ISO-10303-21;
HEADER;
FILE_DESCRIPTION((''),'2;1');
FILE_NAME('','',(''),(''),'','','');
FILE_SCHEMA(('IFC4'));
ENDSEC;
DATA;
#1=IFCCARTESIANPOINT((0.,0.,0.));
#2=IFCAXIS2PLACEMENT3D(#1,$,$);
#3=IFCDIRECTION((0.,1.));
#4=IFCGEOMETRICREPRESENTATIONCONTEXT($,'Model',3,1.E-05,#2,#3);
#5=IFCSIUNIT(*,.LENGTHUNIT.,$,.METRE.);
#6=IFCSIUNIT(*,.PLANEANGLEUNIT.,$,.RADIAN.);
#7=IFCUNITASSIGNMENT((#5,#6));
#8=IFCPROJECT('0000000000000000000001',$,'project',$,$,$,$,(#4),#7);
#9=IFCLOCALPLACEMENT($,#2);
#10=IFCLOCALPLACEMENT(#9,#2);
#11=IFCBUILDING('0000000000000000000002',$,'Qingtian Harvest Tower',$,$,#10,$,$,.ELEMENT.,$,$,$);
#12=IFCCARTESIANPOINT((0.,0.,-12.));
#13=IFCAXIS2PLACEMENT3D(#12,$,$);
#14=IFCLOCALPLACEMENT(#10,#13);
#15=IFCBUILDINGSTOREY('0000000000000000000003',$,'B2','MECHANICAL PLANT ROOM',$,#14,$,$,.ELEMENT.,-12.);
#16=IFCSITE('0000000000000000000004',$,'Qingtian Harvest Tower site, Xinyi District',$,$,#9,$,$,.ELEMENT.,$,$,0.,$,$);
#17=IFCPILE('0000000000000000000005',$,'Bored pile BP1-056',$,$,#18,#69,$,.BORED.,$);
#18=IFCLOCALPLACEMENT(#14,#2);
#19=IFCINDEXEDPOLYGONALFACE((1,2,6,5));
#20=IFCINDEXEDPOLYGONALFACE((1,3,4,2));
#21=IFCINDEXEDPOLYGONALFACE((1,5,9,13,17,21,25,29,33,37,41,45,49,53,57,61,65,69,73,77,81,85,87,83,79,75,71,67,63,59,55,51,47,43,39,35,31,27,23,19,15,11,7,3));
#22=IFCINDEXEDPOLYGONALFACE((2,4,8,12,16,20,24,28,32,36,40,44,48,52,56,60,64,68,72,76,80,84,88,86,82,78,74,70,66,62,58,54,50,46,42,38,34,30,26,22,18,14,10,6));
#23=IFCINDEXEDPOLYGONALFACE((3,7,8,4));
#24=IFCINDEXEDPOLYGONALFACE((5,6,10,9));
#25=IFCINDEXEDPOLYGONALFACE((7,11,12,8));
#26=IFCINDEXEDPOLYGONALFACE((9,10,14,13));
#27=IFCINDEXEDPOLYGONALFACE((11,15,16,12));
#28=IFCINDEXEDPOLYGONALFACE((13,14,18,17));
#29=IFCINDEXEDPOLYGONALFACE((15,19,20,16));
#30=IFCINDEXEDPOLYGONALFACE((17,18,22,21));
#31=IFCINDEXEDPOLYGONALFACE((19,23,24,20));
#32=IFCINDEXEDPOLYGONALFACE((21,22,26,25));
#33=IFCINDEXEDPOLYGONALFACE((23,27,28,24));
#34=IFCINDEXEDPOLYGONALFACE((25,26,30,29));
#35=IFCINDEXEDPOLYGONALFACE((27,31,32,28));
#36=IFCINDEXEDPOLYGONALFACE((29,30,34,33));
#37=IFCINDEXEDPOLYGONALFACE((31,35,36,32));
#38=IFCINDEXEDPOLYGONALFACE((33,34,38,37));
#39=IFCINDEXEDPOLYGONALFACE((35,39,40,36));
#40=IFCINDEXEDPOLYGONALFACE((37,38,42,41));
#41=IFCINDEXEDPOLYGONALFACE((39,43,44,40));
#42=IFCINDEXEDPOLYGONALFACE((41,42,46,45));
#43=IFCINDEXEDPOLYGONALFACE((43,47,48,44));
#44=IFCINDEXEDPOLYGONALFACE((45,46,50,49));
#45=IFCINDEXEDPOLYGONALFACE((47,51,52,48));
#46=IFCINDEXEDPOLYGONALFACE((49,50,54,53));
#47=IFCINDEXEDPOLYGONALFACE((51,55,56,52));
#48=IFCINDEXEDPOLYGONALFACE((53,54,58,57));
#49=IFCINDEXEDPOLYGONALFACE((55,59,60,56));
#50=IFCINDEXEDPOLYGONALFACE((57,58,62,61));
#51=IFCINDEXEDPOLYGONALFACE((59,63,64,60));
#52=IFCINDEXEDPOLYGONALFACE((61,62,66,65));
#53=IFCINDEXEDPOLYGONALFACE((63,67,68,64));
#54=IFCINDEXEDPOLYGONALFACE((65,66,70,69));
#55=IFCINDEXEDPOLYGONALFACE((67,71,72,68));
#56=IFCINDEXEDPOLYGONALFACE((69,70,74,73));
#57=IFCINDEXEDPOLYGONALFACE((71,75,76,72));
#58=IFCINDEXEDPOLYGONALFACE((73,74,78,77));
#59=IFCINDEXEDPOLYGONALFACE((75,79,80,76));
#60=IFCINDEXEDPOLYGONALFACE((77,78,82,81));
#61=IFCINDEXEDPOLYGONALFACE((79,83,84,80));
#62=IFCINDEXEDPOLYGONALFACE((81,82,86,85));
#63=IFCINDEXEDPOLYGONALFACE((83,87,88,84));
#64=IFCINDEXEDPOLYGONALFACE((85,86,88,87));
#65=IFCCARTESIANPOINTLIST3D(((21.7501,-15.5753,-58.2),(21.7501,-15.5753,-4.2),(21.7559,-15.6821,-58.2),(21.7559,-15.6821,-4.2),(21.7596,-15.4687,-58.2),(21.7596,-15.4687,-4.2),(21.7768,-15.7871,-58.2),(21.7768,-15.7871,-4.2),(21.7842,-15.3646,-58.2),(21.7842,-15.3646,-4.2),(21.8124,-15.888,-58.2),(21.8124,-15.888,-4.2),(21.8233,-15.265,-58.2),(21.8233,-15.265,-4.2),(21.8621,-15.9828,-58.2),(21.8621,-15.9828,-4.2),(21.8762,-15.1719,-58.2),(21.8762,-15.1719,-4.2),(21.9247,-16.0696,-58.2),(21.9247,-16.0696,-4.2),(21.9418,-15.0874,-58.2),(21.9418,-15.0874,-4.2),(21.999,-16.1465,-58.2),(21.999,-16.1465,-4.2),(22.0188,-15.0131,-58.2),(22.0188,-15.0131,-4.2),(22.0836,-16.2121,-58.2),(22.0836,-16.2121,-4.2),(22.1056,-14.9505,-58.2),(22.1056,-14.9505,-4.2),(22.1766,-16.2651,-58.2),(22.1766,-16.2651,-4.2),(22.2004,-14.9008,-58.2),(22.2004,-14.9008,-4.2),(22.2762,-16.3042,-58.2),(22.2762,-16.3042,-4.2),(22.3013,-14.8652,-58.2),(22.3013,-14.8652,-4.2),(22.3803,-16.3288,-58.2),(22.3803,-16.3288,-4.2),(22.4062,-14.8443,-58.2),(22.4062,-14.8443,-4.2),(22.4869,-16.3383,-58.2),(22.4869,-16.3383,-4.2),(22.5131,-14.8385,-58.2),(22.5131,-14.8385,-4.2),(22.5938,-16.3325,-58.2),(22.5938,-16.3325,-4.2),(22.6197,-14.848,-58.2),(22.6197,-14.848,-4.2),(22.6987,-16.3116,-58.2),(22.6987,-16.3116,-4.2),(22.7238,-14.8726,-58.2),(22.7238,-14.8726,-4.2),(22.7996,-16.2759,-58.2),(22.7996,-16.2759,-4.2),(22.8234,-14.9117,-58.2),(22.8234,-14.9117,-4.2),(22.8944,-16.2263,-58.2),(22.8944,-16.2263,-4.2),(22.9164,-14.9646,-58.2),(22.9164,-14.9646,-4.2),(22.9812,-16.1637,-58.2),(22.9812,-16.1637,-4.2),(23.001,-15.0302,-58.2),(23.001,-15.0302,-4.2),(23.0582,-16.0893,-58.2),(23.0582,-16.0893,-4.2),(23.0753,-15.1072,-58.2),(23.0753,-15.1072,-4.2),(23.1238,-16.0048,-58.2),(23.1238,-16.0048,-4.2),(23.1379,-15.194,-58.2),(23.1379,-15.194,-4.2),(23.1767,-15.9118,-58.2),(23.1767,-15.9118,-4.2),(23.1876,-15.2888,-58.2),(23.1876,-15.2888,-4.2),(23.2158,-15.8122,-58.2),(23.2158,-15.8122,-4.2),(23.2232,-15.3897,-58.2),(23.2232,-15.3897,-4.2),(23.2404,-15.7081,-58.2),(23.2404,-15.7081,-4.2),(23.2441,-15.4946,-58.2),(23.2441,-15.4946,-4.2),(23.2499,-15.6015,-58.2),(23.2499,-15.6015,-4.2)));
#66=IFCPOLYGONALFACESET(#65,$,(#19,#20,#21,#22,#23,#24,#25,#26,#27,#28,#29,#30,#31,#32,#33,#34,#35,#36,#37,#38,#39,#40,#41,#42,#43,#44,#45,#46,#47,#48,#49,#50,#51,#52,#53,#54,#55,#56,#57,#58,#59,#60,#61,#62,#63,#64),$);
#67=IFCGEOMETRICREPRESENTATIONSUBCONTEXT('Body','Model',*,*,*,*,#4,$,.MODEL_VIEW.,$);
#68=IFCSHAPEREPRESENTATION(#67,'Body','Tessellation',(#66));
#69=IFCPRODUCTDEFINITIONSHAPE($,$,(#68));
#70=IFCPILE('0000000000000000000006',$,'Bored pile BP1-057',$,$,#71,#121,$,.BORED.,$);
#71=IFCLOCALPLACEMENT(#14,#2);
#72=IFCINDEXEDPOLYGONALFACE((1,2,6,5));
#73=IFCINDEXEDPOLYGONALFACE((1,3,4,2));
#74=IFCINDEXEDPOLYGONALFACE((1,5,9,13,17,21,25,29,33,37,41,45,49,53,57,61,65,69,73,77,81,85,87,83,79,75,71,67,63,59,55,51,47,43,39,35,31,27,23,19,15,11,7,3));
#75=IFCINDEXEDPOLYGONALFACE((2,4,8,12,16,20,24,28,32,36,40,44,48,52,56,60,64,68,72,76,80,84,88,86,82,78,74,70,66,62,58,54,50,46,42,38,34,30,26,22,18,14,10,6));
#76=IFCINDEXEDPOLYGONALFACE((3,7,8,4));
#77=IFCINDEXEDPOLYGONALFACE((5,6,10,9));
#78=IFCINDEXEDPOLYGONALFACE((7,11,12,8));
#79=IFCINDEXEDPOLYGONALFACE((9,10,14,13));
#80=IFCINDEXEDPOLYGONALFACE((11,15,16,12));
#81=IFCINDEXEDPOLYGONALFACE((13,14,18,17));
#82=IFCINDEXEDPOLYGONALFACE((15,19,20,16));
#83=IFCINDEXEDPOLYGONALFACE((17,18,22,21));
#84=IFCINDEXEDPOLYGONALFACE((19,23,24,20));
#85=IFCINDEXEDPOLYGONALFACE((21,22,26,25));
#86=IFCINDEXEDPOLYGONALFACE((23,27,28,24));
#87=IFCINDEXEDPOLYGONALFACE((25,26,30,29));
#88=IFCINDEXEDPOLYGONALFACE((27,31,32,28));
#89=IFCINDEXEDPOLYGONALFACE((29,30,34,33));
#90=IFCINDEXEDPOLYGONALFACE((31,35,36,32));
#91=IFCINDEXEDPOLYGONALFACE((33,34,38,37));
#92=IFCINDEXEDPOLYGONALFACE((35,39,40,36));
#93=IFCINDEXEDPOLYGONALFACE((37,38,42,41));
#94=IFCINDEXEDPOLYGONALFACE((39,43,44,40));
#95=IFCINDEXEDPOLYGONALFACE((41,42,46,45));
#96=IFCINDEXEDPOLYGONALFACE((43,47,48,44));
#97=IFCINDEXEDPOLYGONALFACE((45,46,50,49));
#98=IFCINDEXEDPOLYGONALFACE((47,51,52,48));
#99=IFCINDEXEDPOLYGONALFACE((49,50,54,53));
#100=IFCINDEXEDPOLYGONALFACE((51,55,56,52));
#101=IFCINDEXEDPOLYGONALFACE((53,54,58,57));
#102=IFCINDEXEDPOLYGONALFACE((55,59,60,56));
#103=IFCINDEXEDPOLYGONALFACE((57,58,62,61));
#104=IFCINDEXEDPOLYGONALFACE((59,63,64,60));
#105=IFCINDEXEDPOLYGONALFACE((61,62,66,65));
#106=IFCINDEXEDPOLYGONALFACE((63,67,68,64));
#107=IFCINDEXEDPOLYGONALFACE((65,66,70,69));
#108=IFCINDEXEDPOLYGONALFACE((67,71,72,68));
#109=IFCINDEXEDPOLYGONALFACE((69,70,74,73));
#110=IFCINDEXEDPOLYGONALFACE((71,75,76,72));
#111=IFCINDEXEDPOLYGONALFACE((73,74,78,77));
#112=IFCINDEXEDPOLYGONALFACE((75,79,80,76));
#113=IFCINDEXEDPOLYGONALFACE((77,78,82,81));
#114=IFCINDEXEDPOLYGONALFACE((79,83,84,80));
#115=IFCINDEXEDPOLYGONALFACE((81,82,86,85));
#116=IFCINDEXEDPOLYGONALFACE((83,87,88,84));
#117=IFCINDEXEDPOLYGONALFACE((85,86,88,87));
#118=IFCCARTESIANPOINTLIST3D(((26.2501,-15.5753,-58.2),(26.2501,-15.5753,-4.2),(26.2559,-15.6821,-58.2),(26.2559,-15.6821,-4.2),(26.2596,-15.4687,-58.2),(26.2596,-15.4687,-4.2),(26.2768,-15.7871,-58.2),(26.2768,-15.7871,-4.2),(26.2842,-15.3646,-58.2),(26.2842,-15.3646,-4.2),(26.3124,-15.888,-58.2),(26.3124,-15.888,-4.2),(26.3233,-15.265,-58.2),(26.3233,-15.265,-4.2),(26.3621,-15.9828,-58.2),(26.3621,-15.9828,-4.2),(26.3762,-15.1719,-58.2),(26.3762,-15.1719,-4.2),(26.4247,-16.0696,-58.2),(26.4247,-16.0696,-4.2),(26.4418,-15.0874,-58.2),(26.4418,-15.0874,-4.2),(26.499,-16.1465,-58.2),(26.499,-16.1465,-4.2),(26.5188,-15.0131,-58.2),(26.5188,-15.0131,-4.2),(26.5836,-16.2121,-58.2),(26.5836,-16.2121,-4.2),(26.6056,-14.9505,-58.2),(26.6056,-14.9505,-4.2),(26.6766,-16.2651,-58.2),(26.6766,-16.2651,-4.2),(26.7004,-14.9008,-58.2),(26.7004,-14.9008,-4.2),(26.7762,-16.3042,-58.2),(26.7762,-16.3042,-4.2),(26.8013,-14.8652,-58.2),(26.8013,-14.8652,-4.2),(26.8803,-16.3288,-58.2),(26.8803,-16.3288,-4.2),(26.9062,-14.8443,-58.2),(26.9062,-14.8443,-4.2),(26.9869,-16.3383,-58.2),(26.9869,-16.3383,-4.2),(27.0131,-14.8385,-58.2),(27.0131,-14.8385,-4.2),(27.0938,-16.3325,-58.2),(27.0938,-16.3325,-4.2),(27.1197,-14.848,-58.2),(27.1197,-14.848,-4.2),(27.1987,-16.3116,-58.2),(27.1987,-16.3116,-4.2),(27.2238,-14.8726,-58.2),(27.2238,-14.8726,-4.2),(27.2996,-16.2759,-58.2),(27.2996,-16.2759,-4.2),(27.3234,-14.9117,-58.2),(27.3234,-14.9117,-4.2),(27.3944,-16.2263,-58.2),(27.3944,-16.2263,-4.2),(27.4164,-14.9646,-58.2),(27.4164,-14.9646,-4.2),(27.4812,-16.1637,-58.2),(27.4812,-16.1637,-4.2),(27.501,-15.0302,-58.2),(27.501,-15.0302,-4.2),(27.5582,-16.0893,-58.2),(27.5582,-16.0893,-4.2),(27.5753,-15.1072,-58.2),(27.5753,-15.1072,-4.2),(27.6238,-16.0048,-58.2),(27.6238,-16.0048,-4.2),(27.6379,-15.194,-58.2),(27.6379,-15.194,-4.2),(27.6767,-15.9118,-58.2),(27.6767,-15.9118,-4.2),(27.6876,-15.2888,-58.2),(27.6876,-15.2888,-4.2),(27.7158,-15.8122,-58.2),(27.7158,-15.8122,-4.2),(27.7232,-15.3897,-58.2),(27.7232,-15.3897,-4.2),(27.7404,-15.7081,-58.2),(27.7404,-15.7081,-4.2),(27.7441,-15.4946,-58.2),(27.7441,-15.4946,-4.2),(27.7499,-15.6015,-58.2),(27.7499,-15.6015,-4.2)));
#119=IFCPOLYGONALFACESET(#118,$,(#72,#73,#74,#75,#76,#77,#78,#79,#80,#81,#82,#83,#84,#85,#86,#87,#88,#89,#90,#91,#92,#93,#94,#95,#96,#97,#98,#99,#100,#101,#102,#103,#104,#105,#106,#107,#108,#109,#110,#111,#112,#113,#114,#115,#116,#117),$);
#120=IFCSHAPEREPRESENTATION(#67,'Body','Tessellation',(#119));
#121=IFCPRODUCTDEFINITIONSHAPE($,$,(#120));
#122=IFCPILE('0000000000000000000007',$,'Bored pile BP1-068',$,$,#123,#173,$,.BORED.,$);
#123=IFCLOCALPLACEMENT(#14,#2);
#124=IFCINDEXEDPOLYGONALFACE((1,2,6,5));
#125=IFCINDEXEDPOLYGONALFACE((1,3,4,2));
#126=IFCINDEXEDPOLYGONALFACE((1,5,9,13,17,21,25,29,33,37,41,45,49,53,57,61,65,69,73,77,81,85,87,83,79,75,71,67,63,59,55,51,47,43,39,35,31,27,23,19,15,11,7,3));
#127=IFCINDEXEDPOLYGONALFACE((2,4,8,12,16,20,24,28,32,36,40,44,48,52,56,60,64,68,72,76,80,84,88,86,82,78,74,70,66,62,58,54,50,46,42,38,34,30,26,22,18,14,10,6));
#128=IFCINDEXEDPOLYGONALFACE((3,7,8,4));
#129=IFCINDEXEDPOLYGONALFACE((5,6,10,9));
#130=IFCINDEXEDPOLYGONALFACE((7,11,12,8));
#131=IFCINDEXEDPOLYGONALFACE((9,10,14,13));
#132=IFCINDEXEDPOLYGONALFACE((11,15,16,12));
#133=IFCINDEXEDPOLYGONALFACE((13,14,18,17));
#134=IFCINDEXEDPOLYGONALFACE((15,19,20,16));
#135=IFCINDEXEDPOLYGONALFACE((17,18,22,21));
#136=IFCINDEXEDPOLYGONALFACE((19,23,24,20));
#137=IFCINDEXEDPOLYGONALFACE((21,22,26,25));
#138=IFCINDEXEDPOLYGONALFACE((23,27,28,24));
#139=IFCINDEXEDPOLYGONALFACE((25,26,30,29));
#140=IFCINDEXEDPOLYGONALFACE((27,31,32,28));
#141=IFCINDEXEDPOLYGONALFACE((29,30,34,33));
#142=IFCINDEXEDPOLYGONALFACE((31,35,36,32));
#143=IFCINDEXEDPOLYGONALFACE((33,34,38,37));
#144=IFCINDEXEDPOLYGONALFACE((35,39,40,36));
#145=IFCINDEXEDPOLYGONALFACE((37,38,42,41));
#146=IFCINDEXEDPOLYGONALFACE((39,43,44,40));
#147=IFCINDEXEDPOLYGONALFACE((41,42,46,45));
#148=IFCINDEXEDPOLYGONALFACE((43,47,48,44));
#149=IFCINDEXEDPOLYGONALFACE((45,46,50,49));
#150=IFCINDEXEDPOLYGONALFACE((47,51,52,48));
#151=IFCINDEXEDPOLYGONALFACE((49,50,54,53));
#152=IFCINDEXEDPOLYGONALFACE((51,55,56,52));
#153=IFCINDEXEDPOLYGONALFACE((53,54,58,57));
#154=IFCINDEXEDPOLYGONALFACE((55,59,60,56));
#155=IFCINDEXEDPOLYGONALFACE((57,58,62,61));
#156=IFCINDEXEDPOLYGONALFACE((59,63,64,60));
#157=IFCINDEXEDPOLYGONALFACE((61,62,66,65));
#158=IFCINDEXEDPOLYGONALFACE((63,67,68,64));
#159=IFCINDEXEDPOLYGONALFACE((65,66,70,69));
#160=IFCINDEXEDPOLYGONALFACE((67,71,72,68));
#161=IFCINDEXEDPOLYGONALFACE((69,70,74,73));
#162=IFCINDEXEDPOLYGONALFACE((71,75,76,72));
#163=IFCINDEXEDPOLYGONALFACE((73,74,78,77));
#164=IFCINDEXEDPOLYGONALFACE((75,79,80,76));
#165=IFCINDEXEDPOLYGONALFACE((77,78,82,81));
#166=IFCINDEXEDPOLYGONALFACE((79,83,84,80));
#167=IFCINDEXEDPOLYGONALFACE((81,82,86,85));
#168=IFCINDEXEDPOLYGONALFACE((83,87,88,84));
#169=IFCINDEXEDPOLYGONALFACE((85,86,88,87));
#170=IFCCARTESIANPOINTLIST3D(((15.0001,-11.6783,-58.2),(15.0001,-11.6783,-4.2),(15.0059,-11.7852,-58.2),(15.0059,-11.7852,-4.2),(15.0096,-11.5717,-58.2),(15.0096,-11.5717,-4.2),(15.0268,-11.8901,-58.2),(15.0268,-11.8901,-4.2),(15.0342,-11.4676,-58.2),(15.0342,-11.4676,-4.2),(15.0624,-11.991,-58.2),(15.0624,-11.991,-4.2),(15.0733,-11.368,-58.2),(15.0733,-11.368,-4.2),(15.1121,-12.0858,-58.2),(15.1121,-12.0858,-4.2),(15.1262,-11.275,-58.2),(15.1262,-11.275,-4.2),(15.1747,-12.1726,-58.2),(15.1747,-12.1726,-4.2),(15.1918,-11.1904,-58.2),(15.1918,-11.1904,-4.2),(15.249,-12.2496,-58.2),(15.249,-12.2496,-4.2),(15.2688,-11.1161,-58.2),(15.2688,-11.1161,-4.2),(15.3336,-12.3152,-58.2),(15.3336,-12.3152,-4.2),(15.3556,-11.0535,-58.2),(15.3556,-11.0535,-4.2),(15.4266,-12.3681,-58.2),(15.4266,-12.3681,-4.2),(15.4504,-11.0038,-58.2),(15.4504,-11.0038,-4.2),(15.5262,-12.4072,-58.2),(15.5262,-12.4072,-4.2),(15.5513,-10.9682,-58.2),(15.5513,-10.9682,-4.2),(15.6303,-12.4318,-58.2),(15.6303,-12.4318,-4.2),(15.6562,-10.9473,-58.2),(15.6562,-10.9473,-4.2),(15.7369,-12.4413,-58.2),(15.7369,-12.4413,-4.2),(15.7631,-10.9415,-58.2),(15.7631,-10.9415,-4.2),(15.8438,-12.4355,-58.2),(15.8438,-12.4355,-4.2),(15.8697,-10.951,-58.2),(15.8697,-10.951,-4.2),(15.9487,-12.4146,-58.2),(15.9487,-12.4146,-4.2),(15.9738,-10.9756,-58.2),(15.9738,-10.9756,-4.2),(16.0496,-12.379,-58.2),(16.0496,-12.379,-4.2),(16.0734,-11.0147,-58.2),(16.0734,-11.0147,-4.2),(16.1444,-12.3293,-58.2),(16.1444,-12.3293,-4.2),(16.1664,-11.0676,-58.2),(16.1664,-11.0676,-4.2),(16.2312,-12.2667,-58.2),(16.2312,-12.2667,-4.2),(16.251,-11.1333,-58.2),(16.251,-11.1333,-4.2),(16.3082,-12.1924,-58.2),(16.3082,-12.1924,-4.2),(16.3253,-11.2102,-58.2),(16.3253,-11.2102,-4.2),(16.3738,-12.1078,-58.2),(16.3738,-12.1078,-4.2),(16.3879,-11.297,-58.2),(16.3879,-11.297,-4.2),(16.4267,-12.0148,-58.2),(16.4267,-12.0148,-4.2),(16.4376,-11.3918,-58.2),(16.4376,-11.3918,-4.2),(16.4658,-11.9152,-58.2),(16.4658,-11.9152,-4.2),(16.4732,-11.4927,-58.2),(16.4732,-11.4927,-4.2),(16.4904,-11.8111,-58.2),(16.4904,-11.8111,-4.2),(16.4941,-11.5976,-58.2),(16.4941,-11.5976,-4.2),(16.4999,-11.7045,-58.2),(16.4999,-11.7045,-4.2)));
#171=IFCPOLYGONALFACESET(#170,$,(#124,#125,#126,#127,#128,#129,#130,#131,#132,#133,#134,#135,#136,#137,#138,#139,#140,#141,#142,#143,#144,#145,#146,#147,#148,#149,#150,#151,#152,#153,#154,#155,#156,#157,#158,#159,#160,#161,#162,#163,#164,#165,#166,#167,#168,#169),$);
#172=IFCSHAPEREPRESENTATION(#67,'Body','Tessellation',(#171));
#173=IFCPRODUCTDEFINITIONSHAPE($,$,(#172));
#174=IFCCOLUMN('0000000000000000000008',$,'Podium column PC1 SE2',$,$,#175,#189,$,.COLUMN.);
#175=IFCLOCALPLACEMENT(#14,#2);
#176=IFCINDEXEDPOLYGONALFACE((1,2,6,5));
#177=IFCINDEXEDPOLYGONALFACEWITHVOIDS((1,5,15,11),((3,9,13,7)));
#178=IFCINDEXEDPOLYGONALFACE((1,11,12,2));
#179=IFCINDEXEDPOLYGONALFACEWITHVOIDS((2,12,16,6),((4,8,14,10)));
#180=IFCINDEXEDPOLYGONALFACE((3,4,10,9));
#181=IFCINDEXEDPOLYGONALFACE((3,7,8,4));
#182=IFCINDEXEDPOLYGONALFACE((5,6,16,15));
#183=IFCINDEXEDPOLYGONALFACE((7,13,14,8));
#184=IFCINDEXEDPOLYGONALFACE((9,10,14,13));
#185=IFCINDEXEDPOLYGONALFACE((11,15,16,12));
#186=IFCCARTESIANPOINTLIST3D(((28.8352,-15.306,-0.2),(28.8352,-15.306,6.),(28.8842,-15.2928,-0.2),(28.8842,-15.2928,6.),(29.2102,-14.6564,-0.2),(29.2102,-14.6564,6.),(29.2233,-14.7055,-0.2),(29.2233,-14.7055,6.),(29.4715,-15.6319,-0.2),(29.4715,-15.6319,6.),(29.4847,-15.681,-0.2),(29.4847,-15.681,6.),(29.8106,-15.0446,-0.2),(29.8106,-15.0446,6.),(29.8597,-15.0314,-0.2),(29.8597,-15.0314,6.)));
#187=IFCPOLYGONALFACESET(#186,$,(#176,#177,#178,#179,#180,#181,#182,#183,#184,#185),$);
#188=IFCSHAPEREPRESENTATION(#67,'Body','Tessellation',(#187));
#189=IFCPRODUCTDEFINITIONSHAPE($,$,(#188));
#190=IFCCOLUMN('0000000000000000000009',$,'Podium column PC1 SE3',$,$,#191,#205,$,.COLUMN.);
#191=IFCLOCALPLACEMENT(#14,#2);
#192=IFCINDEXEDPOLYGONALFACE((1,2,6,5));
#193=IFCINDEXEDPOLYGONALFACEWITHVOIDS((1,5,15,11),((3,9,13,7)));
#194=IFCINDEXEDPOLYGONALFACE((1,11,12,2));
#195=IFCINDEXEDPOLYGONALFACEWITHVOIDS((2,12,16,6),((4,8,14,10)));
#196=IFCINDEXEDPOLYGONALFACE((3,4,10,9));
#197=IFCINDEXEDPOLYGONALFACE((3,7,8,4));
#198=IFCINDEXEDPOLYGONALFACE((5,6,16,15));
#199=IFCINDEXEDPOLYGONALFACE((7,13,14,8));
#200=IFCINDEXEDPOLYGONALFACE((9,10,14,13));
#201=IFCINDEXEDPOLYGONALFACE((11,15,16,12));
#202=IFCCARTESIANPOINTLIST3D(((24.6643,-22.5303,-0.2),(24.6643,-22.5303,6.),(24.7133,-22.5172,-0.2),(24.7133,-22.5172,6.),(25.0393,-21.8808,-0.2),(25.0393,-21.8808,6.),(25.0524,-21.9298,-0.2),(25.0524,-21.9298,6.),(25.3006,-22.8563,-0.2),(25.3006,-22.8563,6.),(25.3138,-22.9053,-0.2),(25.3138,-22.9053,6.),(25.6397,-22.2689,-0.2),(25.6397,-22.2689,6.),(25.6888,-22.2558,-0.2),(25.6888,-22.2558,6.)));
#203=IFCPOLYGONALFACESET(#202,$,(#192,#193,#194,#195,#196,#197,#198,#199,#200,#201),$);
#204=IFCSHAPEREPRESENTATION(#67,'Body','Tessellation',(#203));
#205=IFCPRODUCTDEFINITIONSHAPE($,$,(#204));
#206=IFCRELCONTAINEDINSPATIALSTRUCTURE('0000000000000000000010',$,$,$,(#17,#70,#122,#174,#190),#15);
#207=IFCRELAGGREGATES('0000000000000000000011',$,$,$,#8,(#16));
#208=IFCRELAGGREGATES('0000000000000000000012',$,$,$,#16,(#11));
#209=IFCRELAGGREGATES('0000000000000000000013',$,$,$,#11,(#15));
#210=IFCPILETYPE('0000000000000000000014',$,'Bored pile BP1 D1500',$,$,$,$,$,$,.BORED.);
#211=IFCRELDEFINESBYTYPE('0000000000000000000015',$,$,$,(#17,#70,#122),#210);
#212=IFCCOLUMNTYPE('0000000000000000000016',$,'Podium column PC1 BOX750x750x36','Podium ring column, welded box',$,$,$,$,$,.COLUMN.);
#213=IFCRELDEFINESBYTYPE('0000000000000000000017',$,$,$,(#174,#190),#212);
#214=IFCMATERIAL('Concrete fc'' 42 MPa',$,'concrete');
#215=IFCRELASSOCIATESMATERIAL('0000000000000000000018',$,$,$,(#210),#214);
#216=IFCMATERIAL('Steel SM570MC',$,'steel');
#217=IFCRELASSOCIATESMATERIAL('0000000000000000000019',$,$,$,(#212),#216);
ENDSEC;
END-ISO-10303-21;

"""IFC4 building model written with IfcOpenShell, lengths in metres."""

from ifc_helpers import new_model, si_unit, direction, frame, frame_2d, origin, origin_2d, place, context, subcontext, project, spatial, hollow_rectangle, circle, extrude, material, material_profile, profile_set, type_object, element, save


model = new_model("IFC4")

# Units and contexts
model_context = context("Model", 3, precision=1e-05, world=origin(), true_north=direction((0.0, 1.0)))
body_context = subcontext(model_context, "Body", "Model", "MODEL_VIEW")
ifc_project = project(units=[si_unit("LENGTHUNIT", "METRE"), si_unit("PLANEANGLEUNIT", "RADIAN")], contexts=[model_context])

# Site, building, storey
site_placement = place(None, origin())
site = spatial("IfcSite", under=ifc_project, at=site_placement, Name="Qingtian Harvest Tower site, Xinyi District", CompositionType="ELEMENT", RefElevation=0.0)
building_placement = place(site_placement, origin())
building = spatial("IfcBuilding", under=site, at=building_placement, Name="Qingtian Harvest Tower", CompositionType="ELEMENT")
storey_placement = place(building_placement, frame((0.0, 0.0, -12.0)))
storey = spatial("IfcBuildingStorey", under=building, at=storey_placement, Name="B2", Description="MECHANICAL PLANT ROOM", CompositionType="ELEMENT", Elevation=-12.0)

# Piles
ifc_material_1 = material(Name="Concrete fc' 42 MPa", Category="concrete")
ifc_material_profile_1 = material_profile(ifc_material_1, circle(Radius=0.75, at=frame_2d((0.0, 0.0), x_axis=(0.999848, 0.017452))), Name="Bored pile BP1 D1500")
ifc_profile_set_1 = profile_set([ifc_material_profile_1], Name="Concrete fc' 42 MPa")
pile_type = type_object("IfcPileType", Name="Bored pile BP1 D1500", PredefinedType="BORED", material=ifc_profile_set_1)
for number, where, z_axis, x_axis, name in (
    (1, (22.5, -15.5884, -4.2), (0.0, 0.0, -1.0), (1.0, 0.0, 0.0), "Bored pile BP1-056"),
    (2, (27.0, -15.5884, -4.2), (0.0, 0.0, -1.0), (1.0, 0.0, 0.0), "Bored pile BP1-057"),
    (3, (15.75, -11.6914, -4.2), (0.0, 0.0, -1.0), (1.0, 0.0, 0.0), "Bored pile BP1-068"),
):
    element("IfcPile", number, at=place(storey_placement, frame(where, z_axis=z_axis, x_axis=x_axis)), inside=storey, type_object=pile_type, Name=name, PredefinedType="BORED", context=body_context, shape_type="SweptSolid", body=[
        extrude(circle(Radius=0.75, at=frame_2d((0.0, 0.0), x_axis=(0.999848, 0.017452))), origin(), (0.0, 0.0, 1.0), 54.0),
    ])

# Columns
ifc_material_2 = material(Name="Steel SM570MC", Category="steel")
ifc_material_profile_2 = material_profile(ifc_material_2, hollow_rectangle(XDim=0.75, YDim=0.75, WallThickness=0.0359, at=origin_2d()), Name="BOX750x750x36")
ifc_profile_set_2 = profile_set([ifc_material_profile_2], Name="Steel SM570MC")
column_type_1 = type_object("IfcColumnType", Name="Podium column PC1 BOX750x750x36", Description="Podium ring column, welded box", PredefinedType="COLUMN", material=ifc_profile_set_2)
for number, where, z_axis, x_axis, name in (
    (4, (29.3474, -15.1687, -0.2), (0.0, 0.0, 1.0), (0.5, 0.866025, 0.0), "Podium column PC1 SE2"),
    (5, (25.1765, -22.3931, -0.2), (0.0, 0.0, 1.0), (0.5, 0.866025, 0.0), "Podium column PC1 SE3"),
):
    element("IfcColumn", number, at=place(storey_placement, frame(where, z_axis=z_axis, x_axis=x_axis)), inside=storey, type_object=column_type_1, Name=name, PredefinedType="COLUMN", context=body_context, shape_type="SweptSolid", body=[
        extrude(hollow_rectangle(XDim=0.75, YDim=0.75, WallThickness=0.0359, at=origin_2d()), origin(), (0.0, 0.0, 1.0), 6.2),
    ])

save(model, "model.ifc")
